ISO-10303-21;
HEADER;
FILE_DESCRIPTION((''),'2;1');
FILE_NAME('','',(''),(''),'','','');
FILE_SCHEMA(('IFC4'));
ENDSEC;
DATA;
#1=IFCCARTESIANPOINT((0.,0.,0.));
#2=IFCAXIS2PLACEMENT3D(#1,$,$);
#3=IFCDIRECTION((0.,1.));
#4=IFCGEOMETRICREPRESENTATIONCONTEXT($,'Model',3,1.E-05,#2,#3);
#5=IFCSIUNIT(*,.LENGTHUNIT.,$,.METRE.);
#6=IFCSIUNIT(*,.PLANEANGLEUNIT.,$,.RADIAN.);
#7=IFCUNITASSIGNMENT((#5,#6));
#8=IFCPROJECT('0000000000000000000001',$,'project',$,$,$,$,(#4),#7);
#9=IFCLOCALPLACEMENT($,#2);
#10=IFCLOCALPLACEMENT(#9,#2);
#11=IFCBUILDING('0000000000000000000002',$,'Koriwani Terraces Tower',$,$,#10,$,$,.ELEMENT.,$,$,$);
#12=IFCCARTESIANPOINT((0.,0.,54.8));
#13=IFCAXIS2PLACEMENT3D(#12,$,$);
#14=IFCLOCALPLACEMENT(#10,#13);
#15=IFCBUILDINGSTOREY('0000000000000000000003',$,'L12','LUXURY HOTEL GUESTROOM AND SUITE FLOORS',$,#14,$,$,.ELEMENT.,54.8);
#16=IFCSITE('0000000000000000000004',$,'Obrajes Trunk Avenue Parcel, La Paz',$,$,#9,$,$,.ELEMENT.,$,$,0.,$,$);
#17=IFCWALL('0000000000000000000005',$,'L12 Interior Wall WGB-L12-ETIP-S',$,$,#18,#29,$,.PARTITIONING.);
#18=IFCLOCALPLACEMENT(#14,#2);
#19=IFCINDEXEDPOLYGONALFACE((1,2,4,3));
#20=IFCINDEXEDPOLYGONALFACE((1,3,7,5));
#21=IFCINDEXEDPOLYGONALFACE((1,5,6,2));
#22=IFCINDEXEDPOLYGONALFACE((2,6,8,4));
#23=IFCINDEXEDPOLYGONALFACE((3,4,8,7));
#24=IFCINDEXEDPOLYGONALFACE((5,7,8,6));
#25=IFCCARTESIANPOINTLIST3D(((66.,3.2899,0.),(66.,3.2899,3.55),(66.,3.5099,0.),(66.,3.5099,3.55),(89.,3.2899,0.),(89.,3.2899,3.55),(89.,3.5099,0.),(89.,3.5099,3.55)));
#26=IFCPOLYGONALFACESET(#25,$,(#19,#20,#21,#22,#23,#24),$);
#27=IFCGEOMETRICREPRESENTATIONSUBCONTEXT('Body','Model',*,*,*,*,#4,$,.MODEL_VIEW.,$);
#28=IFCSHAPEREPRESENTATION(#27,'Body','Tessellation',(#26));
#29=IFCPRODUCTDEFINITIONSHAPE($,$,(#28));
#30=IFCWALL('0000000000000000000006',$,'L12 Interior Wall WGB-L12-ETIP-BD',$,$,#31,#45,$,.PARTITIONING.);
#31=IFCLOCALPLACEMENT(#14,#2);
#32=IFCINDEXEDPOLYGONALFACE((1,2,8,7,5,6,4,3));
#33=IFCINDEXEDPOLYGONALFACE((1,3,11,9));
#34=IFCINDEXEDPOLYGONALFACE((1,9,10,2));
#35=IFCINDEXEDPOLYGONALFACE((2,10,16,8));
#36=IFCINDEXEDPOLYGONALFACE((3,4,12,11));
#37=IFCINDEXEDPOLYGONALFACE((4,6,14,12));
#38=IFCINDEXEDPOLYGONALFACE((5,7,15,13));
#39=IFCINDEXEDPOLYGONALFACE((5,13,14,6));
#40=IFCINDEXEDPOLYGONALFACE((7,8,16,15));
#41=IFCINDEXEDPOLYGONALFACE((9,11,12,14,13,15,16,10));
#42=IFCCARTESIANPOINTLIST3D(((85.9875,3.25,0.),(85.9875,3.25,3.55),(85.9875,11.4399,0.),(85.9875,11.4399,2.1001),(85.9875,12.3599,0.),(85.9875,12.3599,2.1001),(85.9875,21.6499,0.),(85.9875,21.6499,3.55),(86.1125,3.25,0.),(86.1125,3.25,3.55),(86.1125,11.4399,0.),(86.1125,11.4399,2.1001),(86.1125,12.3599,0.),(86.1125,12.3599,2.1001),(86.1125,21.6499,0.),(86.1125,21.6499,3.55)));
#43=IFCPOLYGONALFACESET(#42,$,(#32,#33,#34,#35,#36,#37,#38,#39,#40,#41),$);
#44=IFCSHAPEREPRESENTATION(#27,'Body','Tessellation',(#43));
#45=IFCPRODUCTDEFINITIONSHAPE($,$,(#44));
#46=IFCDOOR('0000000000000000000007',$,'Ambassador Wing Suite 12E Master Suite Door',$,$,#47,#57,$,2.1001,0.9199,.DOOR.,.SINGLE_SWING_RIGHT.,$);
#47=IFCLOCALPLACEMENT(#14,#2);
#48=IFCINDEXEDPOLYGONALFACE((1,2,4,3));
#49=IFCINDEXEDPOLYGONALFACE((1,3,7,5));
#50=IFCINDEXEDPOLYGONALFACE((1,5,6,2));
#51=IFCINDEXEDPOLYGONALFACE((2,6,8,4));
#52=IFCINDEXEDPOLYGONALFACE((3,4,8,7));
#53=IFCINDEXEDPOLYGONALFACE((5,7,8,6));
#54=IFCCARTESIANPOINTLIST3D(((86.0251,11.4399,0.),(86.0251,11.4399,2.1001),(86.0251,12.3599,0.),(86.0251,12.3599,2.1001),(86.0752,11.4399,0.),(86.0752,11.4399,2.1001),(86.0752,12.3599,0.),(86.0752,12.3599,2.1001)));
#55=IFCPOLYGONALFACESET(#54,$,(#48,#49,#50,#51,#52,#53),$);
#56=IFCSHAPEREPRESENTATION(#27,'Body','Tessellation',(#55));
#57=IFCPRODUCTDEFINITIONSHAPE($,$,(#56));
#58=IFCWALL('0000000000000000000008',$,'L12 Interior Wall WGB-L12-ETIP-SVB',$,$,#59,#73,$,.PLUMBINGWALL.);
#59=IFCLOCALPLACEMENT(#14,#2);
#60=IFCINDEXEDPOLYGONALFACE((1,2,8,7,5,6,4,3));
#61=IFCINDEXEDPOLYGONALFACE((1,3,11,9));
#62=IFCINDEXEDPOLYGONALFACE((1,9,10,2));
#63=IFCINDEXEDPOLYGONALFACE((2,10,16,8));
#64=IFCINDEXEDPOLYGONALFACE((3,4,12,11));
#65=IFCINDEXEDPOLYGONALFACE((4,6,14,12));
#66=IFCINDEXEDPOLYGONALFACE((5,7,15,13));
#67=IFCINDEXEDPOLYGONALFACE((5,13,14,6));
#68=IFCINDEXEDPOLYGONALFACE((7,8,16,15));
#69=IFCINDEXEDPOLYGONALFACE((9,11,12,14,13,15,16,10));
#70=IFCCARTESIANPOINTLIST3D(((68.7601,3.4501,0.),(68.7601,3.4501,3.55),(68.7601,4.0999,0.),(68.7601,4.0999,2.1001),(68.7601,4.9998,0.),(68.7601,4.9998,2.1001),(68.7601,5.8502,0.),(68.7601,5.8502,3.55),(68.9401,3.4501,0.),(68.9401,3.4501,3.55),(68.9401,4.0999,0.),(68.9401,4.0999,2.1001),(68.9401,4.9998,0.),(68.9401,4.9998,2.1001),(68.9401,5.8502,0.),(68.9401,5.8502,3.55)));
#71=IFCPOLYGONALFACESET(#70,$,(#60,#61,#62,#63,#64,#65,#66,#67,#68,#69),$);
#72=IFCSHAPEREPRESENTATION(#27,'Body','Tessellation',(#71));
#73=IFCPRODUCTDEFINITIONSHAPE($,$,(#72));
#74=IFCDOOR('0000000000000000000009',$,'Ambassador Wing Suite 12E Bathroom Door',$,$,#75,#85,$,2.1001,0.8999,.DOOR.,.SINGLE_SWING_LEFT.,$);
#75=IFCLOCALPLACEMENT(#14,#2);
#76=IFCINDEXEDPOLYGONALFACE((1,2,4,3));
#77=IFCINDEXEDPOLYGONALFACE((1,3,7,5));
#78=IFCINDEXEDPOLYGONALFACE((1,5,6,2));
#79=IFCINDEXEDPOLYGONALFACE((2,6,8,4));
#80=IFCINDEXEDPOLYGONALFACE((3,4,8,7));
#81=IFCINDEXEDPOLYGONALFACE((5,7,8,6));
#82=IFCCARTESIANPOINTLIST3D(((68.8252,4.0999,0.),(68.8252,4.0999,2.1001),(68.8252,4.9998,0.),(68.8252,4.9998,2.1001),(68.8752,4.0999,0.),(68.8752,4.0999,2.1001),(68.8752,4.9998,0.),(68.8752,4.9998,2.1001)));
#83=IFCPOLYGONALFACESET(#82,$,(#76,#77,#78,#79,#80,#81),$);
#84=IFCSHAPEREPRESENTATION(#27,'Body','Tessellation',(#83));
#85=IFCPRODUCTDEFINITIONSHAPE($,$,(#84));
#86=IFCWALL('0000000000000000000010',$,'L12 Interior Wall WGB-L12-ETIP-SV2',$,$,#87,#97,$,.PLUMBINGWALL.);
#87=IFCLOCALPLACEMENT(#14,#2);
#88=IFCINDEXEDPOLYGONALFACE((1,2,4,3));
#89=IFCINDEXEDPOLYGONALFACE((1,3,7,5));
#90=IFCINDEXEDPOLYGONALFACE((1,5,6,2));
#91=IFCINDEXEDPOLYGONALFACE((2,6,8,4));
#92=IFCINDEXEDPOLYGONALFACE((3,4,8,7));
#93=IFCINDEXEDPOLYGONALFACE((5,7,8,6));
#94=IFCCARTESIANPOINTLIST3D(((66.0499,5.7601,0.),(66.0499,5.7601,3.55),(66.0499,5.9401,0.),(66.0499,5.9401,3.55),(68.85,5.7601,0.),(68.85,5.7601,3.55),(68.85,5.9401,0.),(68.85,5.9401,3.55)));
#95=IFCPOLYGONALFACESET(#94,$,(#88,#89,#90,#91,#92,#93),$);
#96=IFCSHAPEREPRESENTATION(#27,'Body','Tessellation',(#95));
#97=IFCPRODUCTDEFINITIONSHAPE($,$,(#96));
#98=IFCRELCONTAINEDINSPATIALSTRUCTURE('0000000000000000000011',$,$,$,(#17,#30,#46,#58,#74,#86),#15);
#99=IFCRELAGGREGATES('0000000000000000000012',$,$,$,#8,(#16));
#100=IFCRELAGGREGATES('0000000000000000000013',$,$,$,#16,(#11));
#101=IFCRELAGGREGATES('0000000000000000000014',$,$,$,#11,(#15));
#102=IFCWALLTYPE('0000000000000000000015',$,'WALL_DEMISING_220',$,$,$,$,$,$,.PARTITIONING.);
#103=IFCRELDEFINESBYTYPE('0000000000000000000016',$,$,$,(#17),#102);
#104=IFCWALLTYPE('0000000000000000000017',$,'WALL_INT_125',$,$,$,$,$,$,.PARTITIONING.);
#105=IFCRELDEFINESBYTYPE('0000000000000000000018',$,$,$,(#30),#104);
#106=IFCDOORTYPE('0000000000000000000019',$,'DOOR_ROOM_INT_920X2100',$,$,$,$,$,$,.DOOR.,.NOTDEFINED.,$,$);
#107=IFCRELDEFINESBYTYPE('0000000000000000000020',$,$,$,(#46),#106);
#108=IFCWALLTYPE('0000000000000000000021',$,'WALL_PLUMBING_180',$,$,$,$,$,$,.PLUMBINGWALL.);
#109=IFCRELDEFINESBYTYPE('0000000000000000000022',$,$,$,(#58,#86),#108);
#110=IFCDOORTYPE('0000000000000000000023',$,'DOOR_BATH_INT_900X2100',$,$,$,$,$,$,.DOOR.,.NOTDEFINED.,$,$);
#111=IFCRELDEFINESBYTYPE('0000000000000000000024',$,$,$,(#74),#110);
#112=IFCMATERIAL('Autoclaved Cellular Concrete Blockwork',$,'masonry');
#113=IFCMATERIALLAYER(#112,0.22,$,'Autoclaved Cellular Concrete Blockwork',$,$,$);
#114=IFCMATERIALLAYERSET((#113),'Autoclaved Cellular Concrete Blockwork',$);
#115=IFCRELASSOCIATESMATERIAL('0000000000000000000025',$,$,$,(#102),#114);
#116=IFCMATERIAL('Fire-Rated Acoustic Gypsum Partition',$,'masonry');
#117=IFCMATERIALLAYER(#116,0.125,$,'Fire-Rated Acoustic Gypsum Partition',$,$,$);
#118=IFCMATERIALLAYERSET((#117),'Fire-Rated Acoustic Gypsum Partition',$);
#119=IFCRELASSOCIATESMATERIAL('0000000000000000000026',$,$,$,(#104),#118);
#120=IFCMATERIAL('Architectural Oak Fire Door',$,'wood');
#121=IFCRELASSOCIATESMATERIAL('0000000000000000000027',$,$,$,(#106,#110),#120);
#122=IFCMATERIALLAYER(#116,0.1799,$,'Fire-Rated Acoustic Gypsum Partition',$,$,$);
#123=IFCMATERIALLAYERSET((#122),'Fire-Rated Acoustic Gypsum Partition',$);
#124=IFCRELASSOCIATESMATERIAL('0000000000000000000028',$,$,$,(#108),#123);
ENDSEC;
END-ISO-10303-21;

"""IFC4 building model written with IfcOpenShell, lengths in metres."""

from ifc_helpers import new_model, si_unit, direction, frame, frame_2d, origin, place, context, subcontext, project, spatial, rectangle, extrude, material, layer, layer_set, type_object, element, fill, save


model = new_model("IFC4")

# Units and contexts
model_context = context("Model", 3, precision=1e-05, world=origin(), true_north=direction((0.0, 1.0)))
body_context = subcontext(model_context, "Body", "Model", "MODEL_VIEW")
ifc_project = project(units=[si_unit("LENGTHUNIT", "METRE"), si_unit("PLANEANGLEUNIT", "RADIAN")], contexts=[model_context])

# Site, building, storey
site_placement = place(None, origin())
site = spatial("IfcSite", under=ifc_project, at=site_placement, Name="Obrajes Trunk Avenue Parcel, La Paz", CompositionType="ELEMENT", RefElevation=0.0)
building_placement = place(site_placement, origin())
building = spatial("IfcBuilding", under=site, at=building_placement, Name="Koriwani Terraces Tower", CompositionType="ELEMENT")
storey_placement = place(building_placement, frame((0.0, 0.0, 54.8)))
storey = spatial("IfcBuildingStorey", under=building, at=storey_placement, Name="L12", Description="LUXURY HOTEL GUESTROOM AND SUITE FLOORS", CompositionType="ELEMENT", Elevation=54.8)

# Shared definitions
ifc_material_1 = material(Name="Autoclaved Cellular Concrete Blockwork", Category="masonry")
ifc_material_2 = material(Name="Architectural Oak Fire Door", Category="wood")

# Wall
ifc_layer_1 = layer(ifc_material_1, 0.22, Name="Autoclaved Cellular Concrete Blockwork")
ifc_layer_set_1 = layer_set([ifc_layer_1], Name="Autoclaved Cellular Concrete Blockwork")
wall_type_1 = type_object("IfcWallType", Name="WALL_DEMISING_220", PredefinedType="PARTITIONING", material=ifc_layer_set_1)
wall_1_placement = place(storey_placement, frame((66.0, 3.3999, 0.0), z_axis=(0.0, 0.0, 1.0), x_axis=(1.0, 0.0, 0.0)))
element("IfcWall", 1, at=wall_1_placement, inside=storey, type_object=wall_type_1, Name="L12 Interior Wall WGB-L12-ETIP-S", PredefinedType="PARTITIONING", context=body_context, shape_type="SweptSolid", body=[
    extrude(rectangle(XDim=23.0, YDim=0.22, at=frame_2d((11.5, 0.0))), origin(), (0.0, 0.0, 1.0), 3.55),
])

# Walls, openings, doors
ifc_material_3 = material(Name="Fire-Rated Acoustic Gypsum Partition", Category="masonry")
ifc_layer_2 = layer(ifc_material_3, 0.125, Name="Fire-Rated Acoustic Gypsum Partition")
ifc_layer_set_2 = layer_set([ifc_layer_2], Name="Fire-Rated Acoustic Gypsum Partition")
wall_type_2 = type_object("IfcWallType", Name="WALL_INT_125", PredefinedType="PARTITIONING", material=ifc_layer_set_2)
wall_2_placement = place(storey_placement, frame((86.05, 3.25, 0.0), z_axis=(0.0, 0.0, 1.0), x_axis=(0.0, 1.0, 0.0)))
wall_2 = element("IfcWall", 2, at=wall_2_placement, inside=storey, type_object=wall_type_2, Name="L12 Interior Wall WGB-L12-ETIP-BD", PredefinedType="PARTITIONING", context=body_context, shape_type="SweptSolid", body=[
    extrude(rectangle(XDim=18.3999, YDim=0.125, at=frame_2d((9.2, 0.0))), origin(), (0.0, 0.0, 1.0), 3.55),
])
opening_1_placement = place(wall_2_placement, frame((8.1899, 0.0, 0.0)))
opening_1 = element("IfcOpeningElement", 3, at=opening_1_placement, cuts=wall_2, PredefinedType="OPENING", context=body_context, shape_type="SweptSolid", body=[
    extrude(rectangle(XDim=0.9199, YDim=2.1001, at=frame_2d((0.46, 1.05))), frame((0.0, 0.0725, 0.0), z_axis=(0.0, -1.0, 0.0), x_axis=(1.0, 0.0, 0.0)), (0.0, 0.0, 1.0), 0.145),
])
door_type_1 = type_object("IfcDoorType", Name="DOOR_ROOM_INT_920X2100", OperationType="NOTDEFINED", PredefinedType="DOOR", material=ifc_material_2)
door_1_placement = place(opening_1_placement, origin())
door_1 = element("IfcDoor", 4, at=door_1_placement, inside=storey, type_object=door_type_1, Name="Ambassador Wing Suite 12E Master Suite Door", OperationType="SINGLE_SWING_RIGHT", OverallHeight=2.1001, OverallWidth=0.9199, PredefinedType="DOOR", context=body_context, shape_type="SweptSolid", body=[
    extrude(rectangle(XDim=0.9199, YDim=2.1001, at=frame_2d((0.46, 1.05))), frame((0.0, 0.0249, 0.0), z_axis=(0.0, -1.0, 0.0), x_axis=(1.0, 0.0, 0.0)), (0.0, 0.0, 1.0), 0.05),
])
fill(opening_1, door_1)
ifc_layer_3 = layer(ifc_material_3, 0.1799, Name="Fire-Rated Acoustic Gypsum Partition")
ifc_layer_set_3 = layer_set([ifc_layer_3], Name="Fire-Rated Acoustic Gypsum Partition")
wall_type_3 = type_object("IfcWallType", Name="WALL_PLUMBING_180", PredefinedType="PLUMBINGWALL", material=ifc_layer_set_3)
wall_3_placement = place(storey_placement, frame((68.8501, 3.45, 0.0), z_axis=(0.0, 0.0, 1.0), x_axis=(0.0, 1.0, 0.0)))
wall_3 = element("IfcWall", 5, at=wall_3_placement, inside=storey, type_object=wall_type_3, Name="L12 Interior Wall WGB-L12-ETIP-SVB", PredefinedType="PLUMBINGWALL", context=body_context, shape_type="SweptSolid", body=[
    extrude(rectangle(XDim=2.4001, YDim=0.1799, at=frame_2d((1.2002, 0.0))), origin(), (0.0, 0.0, 1.0), 3.55),
])
opening_2_placement = place(wall_3_placement, frame((0.6499, 0.0, 0.0)))
opening_2 = element("IfcOpeningElement", 6, at=opening_2_placement, cuts=wall_3, PredefinedType="OPENING", context=body_context, shape_type="SweptSolid", body=[
    extrude(rectangle(XDim=0.8999, YDim=2.1001, at=frame_2d((0.45, 1.05))), frame((0.0, 0.1001, 0.0), z_axis=(0.0, -1.0, 0.0), x_axis=(1.0, 0.0, 0.0)), (0.0, 0.0, 1.0), 0.2),
])
door_type_2 = type_object("IfcDoorType", Name="DOOR_BATH_INT_900X2100", OperationType="NOTDEFINED", PredefinedType="DOOR", material=ifc_material_2)
door_2_placement = place(opening_2_placement, origin())
door_2 = element("IfcDoor", 7, at=door_2_placement, inside=storey, type_object=door_type_2, Name="Ambassador Wing Suite 12E Bathroom Door", OperationType="SINGLE_SWING_LEFT", OverallHeight=2.1001, OverallWidth=0.8999, PredefinedType="DOOR", context=body_context, shape_type="SweptSolid", body=[
    extrude(rectangle(XDim=0.8999, YDim=2.1001, at=frame_2d((0.45, 1.05))), frame((0.0, 0.0249, 0.0), z_axis=(0.0, -1.0, 0.0), x_axis=(1.0, 0.0, 0.0)), (0.0, 0.0, 1.0), 0.05),
])
fill(opening_2, door_2)

# Wall
wall_4_placement = place(storey_placement, frame((66.05, 5.8501, 0.0), z_axis=(0.0, 0.0, 1.0), x_axis=(1.0, 0.0, 0.0)))
element("IfcWall", 8, at=wall_4_placement, inside=storey, type_object=wall_type_3, Name="L12 Interior Wall WGB-L12-ETIP-SV2", PredefinedType="PLUMBINGWALL", context=body_context, shape_type="SweptSolid", body=[
    extrude(rectangle(XDim=2.8, YDim=0.1799, at=frame_2d((1.3999, 0.0))), origin(), (0.0, 0.0, 1.0), 3.55),
])

save(model, "model.ifc")
